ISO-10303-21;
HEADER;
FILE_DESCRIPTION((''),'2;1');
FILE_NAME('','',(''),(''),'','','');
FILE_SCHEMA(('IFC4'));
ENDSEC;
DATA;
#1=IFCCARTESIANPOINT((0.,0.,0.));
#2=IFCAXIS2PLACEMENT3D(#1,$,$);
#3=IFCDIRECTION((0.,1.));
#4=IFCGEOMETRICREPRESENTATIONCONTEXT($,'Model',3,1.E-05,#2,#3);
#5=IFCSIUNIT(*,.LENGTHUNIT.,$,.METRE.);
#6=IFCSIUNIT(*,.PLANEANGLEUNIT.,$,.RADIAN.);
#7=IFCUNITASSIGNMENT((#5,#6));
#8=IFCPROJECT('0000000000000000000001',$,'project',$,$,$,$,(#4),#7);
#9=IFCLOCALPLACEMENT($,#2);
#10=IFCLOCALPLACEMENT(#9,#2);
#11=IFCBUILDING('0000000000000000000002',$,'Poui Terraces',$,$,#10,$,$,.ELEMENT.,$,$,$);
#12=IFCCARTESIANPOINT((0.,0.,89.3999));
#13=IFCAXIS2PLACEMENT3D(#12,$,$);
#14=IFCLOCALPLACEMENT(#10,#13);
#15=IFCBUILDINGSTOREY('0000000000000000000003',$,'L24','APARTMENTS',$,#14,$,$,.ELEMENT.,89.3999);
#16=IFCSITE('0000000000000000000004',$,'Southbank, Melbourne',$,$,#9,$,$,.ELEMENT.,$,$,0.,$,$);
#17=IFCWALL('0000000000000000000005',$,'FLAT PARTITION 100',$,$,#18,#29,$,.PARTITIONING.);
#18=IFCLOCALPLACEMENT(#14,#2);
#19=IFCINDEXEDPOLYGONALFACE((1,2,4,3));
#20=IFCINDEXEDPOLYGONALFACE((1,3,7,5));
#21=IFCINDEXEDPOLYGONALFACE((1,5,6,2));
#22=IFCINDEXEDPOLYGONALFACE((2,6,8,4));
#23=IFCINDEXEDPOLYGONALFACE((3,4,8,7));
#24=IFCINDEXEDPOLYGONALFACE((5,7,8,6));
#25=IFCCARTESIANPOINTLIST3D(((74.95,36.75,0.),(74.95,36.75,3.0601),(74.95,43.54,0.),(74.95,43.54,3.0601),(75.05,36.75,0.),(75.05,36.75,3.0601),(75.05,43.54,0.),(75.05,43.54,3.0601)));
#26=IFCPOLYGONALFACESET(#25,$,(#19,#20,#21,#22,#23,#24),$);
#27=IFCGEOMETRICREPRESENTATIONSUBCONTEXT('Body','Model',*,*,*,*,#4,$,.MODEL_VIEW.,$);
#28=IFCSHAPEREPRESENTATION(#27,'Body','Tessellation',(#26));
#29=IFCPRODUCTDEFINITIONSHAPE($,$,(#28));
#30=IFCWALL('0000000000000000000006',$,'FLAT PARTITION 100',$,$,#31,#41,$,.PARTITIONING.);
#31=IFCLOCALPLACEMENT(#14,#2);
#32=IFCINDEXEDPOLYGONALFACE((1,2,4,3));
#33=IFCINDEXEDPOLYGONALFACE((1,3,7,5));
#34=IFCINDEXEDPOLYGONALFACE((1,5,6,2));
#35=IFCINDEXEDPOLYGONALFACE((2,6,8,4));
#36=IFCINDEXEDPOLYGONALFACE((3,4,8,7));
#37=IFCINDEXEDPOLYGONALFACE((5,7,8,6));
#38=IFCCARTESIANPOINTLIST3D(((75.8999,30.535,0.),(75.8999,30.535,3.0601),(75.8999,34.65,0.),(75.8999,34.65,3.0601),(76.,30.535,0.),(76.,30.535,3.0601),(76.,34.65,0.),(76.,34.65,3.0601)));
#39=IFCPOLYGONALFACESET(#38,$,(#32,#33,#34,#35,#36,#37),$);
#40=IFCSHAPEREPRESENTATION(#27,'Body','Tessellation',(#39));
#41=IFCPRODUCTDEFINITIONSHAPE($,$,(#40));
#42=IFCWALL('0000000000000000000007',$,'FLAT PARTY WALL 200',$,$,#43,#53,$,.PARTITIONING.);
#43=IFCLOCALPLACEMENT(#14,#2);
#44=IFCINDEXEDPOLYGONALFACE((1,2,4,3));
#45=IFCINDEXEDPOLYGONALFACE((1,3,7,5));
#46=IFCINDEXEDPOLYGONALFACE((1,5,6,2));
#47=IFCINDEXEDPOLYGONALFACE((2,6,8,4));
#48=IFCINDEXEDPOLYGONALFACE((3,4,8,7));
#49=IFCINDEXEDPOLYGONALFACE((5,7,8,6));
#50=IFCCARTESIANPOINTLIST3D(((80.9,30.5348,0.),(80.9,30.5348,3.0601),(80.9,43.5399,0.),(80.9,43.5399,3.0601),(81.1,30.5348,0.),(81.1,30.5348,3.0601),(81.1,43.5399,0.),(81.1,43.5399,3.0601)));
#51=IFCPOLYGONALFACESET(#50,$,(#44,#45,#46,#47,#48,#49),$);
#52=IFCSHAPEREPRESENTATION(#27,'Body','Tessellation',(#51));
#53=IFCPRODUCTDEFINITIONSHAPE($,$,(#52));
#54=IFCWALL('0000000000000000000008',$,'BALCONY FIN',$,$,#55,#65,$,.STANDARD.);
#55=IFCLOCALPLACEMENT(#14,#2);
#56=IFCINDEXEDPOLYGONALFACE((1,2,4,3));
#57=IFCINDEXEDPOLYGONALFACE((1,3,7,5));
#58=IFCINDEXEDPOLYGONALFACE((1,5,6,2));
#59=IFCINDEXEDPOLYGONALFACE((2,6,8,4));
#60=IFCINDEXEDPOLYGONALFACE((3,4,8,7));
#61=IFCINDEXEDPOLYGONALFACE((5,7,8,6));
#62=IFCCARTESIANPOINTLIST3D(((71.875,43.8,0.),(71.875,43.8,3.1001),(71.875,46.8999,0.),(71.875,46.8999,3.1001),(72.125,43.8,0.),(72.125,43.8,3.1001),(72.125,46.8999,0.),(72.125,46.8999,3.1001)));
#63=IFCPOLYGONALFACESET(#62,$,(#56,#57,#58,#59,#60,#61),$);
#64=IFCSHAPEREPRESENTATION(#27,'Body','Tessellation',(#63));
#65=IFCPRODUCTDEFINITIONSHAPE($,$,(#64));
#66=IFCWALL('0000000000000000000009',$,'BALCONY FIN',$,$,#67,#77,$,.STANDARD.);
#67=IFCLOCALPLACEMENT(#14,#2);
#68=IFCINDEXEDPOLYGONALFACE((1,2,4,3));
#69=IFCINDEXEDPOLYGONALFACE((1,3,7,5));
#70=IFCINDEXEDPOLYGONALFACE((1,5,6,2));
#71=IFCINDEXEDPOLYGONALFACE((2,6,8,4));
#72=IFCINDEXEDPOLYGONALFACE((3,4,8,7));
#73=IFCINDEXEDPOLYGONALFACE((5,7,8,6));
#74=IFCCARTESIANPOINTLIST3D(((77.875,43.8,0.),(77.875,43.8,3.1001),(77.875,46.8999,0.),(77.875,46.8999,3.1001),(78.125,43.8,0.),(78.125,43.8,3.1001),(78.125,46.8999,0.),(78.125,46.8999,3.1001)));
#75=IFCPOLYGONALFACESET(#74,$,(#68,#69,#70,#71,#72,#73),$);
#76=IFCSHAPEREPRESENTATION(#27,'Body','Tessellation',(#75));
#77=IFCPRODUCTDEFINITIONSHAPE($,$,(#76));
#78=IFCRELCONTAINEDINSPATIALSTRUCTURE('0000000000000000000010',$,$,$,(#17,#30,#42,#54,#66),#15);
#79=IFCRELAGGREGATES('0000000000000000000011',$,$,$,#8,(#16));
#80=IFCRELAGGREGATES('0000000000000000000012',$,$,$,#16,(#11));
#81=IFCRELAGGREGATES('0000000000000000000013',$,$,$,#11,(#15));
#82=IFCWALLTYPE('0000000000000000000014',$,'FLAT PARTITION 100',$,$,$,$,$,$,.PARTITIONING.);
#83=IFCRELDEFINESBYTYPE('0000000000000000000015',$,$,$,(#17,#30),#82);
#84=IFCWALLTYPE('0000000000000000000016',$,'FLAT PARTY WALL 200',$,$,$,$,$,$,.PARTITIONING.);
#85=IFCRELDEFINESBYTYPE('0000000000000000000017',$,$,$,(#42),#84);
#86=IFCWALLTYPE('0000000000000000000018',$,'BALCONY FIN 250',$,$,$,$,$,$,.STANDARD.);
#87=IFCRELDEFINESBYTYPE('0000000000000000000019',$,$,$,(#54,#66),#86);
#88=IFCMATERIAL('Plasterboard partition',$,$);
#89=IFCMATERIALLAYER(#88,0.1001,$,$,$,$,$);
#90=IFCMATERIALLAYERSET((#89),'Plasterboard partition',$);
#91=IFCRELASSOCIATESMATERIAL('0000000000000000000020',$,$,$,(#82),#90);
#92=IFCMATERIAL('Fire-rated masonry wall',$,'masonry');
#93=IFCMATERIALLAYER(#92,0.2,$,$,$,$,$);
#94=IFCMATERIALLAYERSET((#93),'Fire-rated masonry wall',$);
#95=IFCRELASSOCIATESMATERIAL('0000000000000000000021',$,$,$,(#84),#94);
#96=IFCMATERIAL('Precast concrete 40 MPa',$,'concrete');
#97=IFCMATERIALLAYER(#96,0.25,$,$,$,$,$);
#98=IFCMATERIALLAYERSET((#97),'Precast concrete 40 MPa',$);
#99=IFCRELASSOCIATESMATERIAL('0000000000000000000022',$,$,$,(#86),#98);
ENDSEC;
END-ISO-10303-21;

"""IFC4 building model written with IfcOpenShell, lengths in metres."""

from ifc_helpers import new_model, si_unit, direction, frame, frame_2d, origin, place, context, subcontext, project, spatial, polyline, rectangle, outline, extrude, source, transform, mapped, material, layer, layer_set, type_object, element, save


model = new_model("IFC4")

# Units and contexts
model_context = context("Model", 3, precision=1e-05, world=origin(), true_north=direction((0.0, 1.0)))
body_context = subcontext(model_context, "Body", "Model", "MODEL_VIEW")
ifc_project = project(units=[si_unit("LENGTHUNIT", "METRE"), si_unit("PLANEANGLEUNIT", "RADIAN")], contexts=[model_context])

# Site, building, storey
site_placement = place(None, origin())
site = spatial("IfcSite", under=ifc_project, at=site_placement, Name="Southbank, Melbourne", CompositionType="ELEMENT", RefElevation=0.0)
building_placement = place(site_placement, origin())
building = spatial("IfcBuilding", under=site, at=building_placement, Name="Poui Terraces", CompositionType="ELEMENT")
storey_placement = place(building_placement, frame((0.0, 0.0, 89.3999)))
storey = spatial("IfcBuildingStorey", under=building, at=storey_placement, Name="L24", Description="APARTMENTS", CompositionType="ELEMENT", Elevation=89.3999)

# Shared definitions
ifc_material_1 = material(Name="Plasterboard partition")
ifc_layer_1 = layer(ifc_material_1, 0.1001)
ifc_layer_set_1 = layer_set([ifc_layer_1], Name="Plasterboard partition")
wall_type_1 = type_object("IfcWallType", Name="FLAT PARTITION 100", PredefinedType="PARTITIONING", material=ifc_layer_set_1)

# Walls
wall_1_placement = place(storey_placement, frame((75.0, 36.75, 0.0), z_axis=(0.0, 0.0, 1.0), x_axis=(0.0, 1.0, 0.0)))
element("IfcWall", 1, at=wall_1_placement, inside=storey, type_object=wall_type_1, Name="FLAT PARTITION 100", PredefinedType="PARTITIONING", context=body_context, shape_type="SweptSolid", body=[
    extrude(rectangle(XDim=6.79, YDim=0.1001, at=frame_2d((3.395, 0.0))), origin(), (0.0, 0.0, 1.0), 3.0601),
])
wall_2_placement = place(storey_placement, frame((75.95, 30.5349, 0.0), z_axis=(0.0, 0.0, 1.0), x_axis=(0.0, 1.0, 0.0)))
element("IfcWall", 2, at=wall_2_placement, inside=storey, type_object=wall_type_1, Name="FLAT PARTITION 100", PredefinedType="PARTITIONING", context=body_context, shape_type="SweptSolid", body=[
    extrude(rectangle(XDim=4.115, YDim=0.1001, at=frame_2d((2.0576, 0.0))), origin(), (0.0, 0.0, 1.0), 3.0601),
])
ifc_material_2 = material(Name="Fire-rated masonry wall", Category="masonry")
ifc_layer_2 = layer(ifc_material_2, 0.2)
ifc_layer_set_2 = layer_set([ifc_layer_2], Name="Fire-rated masonry wall")
wall_type_2 = type_object("IfcWallType", Name="FLAT PARTY WALL 200", PredefinedType="PARTITIONING", material=ifc_layer_set_2)
wall_3_placement = place(storey_placement, frame((81.0, 30.5349, 0.0), z_axis=(0.0, 0.0, 1.0), x_axis=(0.0, 1.0, 0.0)))
element("IfcWall", 3, at=wall_3_placement, inside=storey, type_object=wall_type_2, Name="FLAT PARTY WALL 200", PredefinedType="PARTITIONING", context=body_context, shape_type="SweptSolid", body=[
    extrude(rectangle(XDim=13.0051, YDim=0.2, at=frame_2d((6.5024, 0.0))), origin(), (0.0, 0.0, 1.0), 3.0601),
])
ifc_material_3 = material(Name="Precast concrete 40 MPa", Category="concrete")
ifc_layer_3 = layer(ifc_material_3, 0.25)
ifc_layer_set_3 = layer_set([ifc_layer_3], Name="Precast concrete 40 MPa")
wall_type_3 = type_object("IfcWallType", Name="BALCONY FIN 250", PredefinedType="STANDARD", material=ifc_layer_set_3)
shared_shape_1 = source(origin(), body_context, "Body", "SweptSolid", [
    extrude(outline(polyline([(0.0, 0.0), (0.25, 0.0), (0.25, 3.0999), (0.0, 3.0999), (0.0, 0.0)])), origin(), (0.0, 0.0, 1.0), 3.1001),
])
for number, where, name in (
    (4, (71.875, 43.8, 0.0), "BALCONY FIN"),
    (5, (77.875, 43.8, 0.0), "BALCONY FIN"),
):
    element("IfcWall", number, at=place(storey_placement, frame(where)), inside=storey, type_object=wall_type_3, Name=name, PredefinedType="STANDARD", context=body_context, shape_type="MappedRepresentation", body=[
        mapped(shared_shape_1, transform((0.0, 0.0, 0.0))),
    ])

save(model, "model.ifc")
